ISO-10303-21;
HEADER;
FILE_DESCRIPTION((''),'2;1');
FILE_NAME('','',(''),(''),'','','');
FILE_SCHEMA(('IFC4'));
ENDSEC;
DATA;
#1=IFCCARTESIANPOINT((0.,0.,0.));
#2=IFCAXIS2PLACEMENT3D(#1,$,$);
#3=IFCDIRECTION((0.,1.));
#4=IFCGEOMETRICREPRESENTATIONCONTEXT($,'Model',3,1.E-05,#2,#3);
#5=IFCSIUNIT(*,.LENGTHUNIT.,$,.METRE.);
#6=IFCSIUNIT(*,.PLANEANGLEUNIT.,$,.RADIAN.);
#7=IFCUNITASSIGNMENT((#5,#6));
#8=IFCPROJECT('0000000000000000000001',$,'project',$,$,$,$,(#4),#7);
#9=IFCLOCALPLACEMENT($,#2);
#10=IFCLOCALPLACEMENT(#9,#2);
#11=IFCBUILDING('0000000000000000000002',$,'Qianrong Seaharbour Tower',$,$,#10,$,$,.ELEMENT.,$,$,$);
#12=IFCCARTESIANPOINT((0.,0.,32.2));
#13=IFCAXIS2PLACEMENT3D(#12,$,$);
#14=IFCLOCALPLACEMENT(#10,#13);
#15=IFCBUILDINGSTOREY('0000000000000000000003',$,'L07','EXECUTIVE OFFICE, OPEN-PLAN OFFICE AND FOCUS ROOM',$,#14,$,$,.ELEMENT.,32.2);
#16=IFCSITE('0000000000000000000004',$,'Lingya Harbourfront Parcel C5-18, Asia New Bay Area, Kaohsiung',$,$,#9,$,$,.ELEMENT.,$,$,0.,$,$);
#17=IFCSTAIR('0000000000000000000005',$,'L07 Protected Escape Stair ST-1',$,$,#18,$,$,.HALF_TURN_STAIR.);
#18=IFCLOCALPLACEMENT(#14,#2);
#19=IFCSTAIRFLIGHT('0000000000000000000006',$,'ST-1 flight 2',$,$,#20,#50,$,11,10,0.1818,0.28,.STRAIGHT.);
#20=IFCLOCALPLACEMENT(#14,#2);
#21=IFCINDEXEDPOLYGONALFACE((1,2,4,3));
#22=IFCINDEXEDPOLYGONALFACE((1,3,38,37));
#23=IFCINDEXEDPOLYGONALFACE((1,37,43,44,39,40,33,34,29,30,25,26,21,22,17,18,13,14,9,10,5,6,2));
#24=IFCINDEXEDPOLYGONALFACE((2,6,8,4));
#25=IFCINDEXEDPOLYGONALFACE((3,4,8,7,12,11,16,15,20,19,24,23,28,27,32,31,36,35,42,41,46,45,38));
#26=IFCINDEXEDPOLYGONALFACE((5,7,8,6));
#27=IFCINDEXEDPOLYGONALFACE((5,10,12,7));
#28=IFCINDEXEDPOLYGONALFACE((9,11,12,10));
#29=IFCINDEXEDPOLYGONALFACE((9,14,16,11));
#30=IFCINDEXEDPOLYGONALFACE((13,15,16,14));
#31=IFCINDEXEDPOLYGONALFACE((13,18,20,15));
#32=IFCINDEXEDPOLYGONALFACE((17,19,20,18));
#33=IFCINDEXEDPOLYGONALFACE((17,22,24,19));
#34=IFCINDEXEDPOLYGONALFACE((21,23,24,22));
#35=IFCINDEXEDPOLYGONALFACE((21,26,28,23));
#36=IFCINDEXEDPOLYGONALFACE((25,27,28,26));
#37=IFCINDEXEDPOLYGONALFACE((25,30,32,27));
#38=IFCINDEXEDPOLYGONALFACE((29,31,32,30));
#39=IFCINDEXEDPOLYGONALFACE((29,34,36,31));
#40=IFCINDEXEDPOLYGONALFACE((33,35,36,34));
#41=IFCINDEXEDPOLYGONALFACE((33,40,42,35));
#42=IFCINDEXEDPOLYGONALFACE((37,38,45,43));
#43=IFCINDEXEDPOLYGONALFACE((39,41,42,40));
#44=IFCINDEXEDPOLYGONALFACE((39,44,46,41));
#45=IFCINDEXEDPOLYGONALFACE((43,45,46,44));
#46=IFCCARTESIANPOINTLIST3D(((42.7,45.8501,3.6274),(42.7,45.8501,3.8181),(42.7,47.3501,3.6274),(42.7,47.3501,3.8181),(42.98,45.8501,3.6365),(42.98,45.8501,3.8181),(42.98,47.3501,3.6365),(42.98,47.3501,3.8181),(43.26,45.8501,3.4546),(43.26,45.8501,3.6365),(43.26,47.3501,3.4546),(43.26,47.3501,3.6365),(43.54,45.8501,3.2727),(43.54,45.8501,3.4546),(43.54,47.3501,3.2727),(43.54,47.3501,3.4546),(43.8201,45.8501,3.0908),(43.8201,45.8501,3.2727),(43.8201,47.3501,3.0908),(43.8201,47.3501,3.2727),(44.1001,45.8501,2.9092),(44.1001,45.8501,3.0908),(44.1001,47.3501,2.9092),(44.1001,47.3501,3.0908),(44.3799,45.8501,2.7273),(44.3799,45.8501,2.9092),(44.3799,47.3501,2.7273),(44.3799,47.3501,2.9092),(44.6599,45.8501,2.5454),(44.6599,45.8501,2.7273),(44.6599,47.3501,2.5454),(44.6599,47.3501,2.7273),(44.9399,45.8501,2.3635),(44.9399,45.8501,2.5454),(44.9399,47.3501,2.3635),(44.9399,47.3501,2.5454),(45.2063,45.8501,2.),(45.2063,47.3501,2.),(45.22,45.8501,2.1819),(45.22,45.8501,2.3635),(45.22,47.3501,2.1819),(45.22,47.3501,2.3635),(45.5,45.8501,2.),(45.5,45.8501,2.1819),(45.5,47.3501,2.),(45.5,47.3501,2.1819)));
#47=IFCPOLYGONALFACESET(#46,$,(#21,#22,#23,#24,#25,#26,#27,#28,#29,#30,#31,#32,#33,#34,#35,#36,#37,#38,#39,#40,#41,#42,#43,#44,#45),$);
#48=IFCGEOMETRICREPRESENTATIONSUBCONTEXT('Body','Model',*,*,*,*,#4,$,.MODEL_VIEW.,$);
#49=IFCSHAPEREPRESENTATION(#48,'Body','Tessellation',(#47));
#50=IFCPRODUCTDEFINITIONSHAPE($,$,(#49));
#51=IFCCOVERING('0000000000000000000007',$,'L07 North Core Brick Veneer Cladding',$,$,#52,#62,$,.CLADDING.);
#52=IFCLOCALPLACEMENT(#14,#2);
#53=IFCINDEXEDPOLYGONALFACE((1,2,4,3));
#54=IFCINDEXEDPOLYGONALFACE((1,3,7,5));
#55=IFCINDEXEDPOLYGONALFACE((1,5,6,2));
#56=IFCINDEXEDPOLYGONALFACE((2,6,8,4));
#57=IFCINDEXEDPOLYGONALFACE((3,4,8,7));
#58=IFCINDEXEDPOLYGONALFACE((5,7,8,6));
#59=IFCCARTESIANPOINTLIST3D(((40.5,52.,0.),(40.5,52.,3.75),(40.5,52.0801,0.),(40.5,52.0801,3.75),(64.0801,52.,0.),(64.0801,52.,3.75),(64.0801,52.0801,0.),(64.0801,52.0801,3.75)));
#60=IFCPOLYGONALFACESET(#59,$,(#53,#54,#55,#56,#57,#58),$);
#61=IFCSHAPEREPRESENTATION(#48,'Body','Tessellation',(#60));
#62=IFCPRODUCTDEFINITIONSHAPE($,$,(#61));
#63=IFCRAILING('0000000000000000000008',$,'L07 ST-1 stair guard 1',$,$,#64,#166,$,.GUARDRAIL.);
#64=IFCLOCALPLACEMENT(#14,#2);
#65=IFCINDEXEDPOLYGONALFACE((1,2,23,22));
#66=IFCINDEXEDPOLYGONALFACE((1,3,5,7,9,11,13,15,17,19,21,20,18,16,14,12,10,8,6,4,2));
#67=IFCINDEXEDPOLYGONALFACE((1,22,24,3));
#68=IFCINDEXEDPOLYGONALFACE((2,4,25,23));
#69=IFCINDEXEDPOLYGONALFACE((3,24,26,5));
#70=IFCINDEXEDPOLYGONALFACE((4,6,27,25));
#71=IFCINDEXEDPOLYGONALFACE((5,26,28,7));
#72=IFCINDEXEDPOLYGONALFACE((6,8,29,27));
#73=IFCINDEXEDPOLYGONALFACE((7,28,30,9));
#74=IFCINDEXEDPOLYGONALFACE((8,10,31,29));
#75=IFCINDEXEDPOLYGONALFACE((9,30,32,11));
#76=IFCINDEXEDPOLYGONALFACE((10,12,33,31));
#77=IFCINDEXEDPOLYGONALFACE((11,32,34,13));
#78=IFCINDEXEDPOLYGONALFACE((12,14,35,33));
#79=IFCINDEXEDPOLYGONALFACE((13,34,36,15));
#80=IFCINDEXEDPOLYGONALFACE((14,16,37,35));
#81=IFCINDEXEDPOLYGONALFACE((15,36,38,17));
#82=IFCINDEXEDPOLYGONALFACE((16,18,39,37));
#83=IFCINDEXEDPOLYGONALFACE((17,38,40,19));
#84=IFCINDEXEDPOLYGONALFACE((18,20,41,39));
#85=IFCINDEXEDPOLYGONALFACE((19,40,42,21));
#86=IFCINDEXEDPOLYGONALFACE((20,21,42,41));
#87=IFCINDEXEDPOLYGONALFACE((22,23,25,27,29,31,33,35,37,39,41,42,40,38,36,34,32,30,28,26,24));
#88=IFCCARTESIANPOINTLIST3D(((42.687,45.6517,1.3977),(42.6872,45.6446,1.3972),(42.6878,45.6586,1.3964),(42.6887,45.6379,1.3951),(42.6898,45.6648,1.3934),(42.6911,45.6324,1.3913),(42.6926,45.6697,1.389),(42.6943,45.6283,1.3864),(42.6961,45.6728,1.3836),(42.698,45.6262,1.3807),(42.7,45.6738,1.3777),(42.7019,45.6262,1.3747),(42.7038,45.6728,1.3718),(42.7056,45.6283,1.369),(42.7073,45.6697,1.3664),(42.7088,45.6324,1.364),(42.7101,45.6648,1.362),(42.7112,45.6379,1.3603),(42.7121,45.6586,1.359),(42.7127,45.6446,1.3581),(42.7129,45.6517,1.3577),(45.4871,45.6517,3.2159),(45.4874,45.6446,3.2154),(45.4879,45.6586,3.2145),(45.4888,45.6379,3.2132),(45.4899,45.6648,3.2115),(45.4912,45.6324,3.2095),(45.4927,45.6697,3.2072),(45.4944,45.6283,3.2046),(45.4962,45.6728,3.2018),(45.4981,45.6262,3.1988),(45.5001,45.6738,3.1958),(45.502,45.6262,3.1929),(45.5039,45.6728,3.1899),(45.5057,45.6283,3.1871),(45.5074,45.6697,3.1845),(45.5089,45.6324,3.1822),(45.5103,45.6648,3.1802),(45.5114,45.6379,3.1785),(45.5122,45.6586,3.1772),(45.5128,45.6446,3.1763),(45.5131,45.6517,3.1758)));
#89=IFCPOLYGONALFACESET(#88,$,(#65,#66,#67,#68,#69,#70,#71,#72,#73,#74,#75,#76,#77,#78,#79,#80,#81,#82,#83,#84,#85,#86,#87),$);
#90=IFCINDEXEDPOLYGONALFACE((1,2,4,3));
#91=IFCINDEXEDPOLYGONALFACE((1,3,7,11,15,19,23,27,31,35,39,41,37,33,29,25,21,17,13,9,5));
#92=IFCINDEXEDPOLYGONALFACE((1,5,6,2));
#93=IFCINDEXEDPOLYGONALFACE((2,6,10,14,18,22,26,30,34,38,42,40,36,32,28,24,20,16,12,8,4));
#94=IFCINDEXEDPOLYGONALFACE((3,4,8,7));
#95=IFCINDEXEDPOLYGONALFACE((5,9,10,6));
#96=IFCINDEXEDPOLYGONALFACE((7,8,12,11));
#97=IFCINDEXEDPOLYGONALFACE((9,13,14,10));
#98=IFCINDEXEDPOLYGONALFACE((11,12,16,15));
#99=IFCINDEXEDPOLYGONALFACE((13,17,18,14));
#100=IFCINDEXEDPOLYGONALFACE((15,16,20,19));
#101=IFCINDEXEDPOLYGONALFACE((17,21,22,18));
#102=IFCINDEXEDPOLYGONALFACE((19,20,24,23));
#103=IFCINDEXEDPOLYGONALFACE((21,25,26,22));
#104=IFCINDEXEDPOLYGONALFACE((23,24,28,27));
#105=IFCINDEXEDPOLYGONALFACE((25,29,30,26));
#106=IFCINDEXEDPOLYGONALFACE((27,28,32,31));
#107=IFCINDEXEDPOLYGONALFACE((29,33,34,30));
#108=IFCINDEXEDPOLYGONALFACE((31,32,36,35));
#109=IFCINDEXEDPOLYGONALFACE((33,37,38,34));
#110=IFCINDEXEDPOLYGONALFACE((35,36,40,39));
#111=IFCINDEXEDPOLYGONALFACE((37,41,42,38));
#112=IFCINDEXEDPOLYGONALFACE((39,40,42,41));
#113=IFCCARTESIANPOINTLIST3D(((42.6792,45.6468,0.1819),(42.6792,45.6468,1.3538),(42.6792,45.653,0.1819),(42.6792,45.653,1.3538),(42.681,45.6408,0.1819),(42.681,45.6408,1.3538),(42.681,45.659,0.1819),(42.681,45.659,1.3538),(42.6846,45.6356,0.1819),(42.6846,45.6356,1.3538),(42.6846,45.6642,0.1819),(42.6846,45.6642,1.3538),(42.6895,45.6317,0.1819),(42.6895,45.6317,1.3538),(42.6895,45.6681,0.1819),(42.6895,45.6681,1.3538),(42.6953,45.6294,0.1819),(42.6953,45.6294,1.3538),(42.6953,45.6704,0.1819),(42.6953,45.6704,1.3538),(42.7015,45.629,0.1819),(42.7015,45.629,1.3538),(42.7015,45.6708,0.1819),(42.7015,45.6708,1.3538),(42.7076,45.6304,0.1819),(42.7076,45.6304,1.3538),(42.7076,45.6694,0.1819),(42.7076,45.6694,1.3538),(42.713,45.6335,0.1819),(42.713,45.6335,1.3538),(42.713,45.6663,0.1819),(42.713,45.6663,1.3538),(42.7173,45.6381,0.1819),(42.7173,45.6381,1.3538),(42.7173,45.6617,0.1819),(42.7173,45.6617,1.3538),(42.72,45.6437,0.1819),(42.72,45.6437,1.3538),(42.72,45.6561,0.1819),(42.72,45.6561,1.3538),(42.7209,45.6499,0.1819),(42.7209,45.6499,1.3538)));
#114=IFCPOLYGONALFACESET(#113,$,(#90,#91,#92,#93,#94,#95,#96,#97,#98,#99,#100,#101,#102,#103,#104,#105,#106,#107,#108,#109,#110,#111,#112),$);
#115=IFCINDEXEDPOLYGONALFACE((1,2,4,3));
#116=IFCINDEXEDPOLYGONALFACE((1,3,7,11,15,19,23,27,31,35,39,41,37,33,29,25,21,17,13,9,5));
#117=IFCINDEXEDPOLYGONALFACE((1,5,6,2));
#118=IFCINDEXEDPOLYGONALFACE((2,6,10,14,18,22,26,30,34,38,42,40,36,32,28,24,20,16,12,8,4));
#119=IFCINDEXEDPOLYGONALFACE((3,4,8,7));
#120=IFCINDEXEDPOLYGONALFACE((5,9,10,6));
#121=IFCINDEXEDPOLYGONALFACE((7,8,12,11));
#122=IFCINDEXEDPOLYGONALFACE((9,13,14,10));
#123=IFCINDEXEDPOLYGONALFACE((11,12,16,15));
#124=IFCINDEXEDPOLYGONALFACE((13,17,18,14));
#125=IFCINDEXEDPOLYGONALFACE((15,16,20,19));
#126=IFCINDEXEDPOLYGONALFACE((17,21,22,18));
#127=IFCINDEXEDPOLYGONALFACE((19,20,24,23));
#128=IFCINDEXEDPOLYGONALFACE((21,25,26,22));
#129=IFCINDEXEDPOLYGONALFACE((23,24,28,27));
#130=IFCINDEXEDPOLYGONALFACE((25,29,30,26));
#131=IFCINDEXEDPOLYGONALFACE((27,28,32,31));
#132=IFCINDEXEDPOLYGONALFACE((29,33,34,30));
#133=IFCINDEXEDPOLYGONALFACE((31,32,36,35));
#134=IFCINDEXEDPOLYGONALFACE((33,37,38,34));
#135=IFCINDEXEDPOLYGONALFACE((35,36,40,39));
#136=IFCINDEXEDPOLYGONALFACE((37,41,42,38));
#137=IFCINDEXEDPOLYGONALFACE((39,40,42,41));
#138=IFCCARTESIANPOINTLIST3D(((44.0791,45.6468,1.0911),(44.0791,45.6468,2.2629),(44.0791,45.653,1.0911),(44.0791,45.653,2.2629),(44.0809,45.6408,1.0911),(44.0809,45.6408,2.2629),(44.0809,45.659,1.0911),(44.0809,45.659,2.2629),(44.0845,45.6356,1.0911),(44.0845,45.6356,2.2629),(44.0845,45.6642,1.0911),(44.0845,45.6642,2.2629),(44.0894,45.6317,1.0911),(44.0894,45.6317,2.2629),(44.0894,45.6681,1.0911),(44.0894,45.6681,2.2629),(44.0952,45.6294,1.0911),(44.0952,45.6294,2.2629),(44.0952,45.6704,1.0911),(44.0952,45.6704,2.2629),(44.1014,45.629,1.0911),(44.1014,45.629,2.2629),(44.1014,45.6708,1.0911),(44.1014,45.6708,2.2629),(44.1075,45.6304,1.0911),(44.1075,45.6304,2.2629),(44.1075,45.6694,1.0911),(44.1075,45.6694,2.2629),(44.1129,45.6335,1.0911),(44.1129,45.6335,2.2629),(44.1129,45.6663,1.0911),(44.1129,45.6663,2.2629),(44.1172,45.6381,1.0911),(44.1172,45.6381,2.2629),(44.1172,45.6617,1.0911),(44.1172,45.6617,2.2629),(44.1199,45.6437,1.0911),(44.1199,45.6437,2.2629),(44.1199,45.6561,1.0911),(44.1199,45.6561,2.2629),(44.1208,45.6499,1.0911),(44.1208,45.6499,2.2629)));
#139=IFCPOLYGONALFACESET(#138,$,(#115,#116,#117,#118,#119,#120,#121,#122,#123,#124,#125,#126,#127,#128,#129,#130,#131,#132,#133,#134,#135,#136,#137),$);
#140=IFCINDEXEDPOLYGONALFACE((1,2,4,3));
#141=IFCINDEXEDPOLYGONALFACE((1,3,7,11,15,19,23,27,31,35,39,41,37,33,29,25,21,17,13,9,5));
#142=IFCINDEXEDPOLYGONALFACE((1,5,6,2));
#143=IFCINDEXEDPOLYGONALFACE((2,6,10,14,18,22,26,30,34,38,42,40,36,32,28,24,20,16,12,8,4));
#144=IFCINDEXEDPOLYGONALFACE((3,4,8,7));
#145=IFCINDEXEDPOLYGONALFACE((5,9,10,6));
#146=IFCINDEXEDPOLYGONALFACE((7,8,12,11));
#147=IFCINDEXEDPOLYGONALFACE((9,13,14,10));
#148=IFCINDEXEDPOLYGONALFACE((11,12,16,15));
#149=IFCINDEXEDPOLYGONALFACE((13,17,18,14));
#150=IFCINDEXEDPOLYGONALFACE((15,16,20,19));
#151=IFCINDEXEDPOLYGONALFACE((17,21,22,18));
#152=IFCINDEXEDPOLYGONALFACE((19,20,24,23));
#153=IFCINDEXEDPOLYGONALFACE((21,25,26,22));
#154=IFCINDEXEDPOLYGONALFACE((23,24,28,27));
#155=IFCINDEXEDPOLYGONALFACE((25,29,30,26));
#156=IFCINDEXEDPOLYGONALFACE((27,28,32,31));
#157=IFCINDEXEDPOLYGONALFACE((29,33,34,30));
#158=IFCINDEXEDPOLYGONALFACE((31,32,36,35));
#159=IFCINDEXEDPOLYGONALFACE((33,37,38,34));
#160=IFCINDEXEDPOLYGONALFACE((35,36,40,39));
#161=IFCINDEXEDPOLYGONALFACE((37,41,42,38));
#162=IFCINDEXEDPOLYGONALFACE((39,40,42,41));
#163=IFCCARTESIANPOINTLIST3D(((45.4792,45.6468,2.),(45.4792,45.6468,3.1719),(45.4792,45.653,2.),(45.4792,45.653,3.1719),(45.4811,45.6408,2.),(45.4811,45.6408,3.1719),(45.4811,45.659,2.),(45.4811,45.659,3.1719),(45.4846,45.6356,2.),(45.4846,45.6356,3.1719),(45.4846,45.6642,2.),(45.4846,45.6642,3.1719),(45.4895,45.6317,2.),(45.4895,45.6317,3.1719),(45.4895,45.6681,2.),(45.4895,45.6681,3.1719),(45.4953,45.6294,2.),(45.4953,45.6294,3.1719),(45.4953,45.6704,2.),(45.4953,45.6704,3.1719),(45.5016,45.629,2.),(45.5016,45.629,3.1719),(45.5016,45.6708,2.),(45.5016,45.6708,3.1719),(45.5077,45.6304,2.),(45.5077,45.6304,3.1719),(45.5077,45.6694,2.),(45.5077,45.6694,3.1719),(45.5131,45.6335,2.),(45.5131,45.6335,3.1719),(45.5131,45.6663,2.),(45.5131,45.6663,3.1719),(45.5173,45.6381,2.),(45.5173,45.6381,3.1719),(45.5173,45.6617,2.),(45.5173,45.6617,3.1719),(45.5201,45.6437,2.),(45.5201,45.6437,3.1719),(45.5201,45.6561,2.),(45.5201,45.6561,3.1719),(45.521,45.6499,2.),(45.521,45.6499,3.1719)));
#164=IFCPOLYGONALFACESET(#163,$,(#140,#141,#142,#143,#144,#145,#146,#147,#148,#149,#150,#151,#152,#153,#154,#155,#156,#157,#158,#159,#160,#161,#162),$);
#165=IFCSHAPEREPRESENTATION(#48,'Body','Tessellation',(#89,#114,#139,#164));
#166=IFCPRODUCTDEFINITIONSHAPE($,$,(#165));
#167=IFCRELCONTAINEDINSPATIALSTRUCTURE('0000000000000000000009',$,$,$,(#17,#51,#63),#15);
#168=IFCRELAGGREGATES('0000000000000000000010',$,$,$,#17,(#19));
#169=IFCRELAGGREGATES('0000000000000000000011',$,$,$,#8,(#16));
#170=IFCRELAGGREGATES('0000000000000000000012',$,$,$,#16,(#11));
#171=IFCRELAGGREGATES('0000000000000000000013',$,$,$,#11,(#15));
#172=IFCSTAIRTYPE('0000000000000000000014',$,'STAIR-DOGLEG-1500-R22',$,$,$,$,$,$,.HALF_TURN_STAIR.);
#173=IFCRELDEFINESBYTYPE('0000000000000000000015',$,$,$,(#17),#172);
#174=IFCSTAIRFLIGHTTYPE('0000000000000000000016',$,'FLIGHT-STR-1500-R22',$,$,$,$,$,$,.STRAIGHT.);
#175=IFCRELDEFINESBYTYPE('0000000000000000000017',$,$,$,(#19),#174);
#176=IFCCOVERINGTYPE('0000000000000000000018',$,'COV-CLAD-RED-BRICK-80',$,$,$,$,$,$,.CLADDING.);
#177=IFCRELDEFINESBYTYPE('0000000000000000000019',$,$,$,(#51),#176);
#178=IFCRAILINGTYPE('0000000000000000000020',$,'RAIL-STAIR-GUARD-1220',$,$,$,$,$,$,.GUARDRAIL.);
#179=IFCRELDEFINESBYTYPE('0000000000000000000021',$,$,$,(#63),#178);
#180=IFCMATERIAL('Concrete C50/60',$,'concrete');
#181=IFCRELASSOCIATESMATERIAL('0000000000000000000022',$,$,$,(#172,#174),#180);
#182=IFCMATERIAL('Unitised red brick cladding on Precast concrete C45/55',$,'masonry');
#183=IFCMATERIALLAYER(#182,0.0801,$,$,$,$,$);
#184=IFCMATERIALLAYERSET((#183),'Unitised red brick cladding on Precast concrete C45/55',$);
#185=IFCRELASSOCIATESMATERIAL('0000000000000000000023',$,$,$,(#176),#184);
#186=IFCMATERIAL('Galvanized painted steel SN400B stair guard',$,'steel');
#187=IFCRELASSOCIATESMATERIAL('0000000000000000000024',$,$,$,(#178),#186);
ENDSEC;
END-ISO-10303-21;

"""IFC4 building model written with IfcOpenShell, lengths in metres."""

from ifc_helpers import new_model, si_unit, direction, frame, origin, origin_2d, place, context, subcontext, project, spatial, polyline, rectangle, circle, outline, extrude, material, layer, layer_set, type_object, element, aggregate, save


model = new_model("IFC4")

# Units and contexts
model_context = context("Model", 3, precision=1e-05, world=origin(), true_north=direction((0.0, 1.0)))
body_context = subcontext(model_context, "Body", "Model", "MODEL_VIEW")
ifc_project = project(units=[si_unit("LENGTHUNIT", "METRE"), si_unit("PLANEANGLEUNIT", "RADIAN")], contexts=[model_context])

# Site, building, storey
site_placement = place(None, origin())
site = spatial("IfcSite", under=ifc_project, at=site_placement, Name="Lingya Harbourfront Parcel C5-18, Asia New Bay Area, Kaohsiung", CompositionType="ELEMENT", RefElevation=0.0)
building_placement = place(site_placement, origin())
building = spatial("IfcBuilding", under=site, at=building_placement, Name="Qianrong Seaharbour Tower", CompositionType="ELEMENT")
storey_placement = place(building_placement, frame((0.0, 0.0, 32.2)))
storey = spatial("IfcBuildingStorey", under=building, at=storey_placement, Name="L07", Description="EXECUTIVE OFFICE, OPEN-PLAN OFFICE AND FOCUS ROOM", CompositionType="ELEMENT", Elevation=32.2)

# Shared definitions
ifc_material_1 = material(Name="Concrete C50/60", Category="concrete")

# Stair, stair flight
stair_type = type_object("IfcStairType", Name="STAIR-DOGLEG-1500-R22", PredefinedType="HALF_TURN_STAIR", material=ifc_material_1)
stair_placement = place(storey_placement, origin())
stair = element("IfcStair", 1, at=stair_placement, inside=storey, type_object=stair_type, Name="L07 Protected Escape Stair ST-1", PredefinedType="HALF_TURN_STAIR")
stair_flight_type = type_object("IfcStairFlightType", Name="FLIGHT-STR-1500-R22", PredefinedType="STRAIGHT", material=ifc_material_1)
stair_flight_1_placement = place(storey_placement, frame((45.5, 46.6001, 2.0), z_axis=(0.0, 0.0, 1.0), x_axis=(-1.0, 0.0, 0.0)))
stair_flight_1 = element("IfcStairFlight", 2, at=stair_flight_1_placement, type_object=stair_flight_type, Name="ST-1 flight 2", NumberOfRisers=11, NumberOfTreads=10, PredefinedType="STRAIGHT", RiserHeight=0.1818, TreadLength=0.28, context=body_context, shape_type="SweptSolid", body=[
    extrude(outline(polyline([(0.0, 0.0), (0.0, 0.1819), (0.28, 0.1819), (0.28, 0.3635), (0.5601, 0.3635), (0.5601, 0.5454), (0.8401, 0.5454), (0.8401, 0.7273), (1.1201, 0.7273), (1.1201, 0.9092), (1.3999, 0.9092), (1.3999, 1.0908), (1.6799, 1.0908), (1.6799, 1.2727), (1.96, 1.2727), (1.96, 1.4546), (2.24, 1.4546), (2.24, 1.6365), (2.52, 1.6365), (2.52, 1.8181), (2.8, 1.8181), (2.8, 2.0), (2.8, 1.6274), (0.2937, 0.0), (0.0, 0.0)])), frame((0.0, 0.75, 0.0), z_axis=(0.0, -1.0, 0.0), x_axis=(1.0, 0.0, 0.0)), (0.0, 0.0, 1.0), 1.5),
])
aggregate(stair, [stair_flight_1])

# Covering
ifc_material_2 = material(Name="Unitised red brick cladding on Precast concrete C45/55", Category="masonry")
ifc_layer_1 = layer(ifc_material_2, 0.0801)
ifc_layer_set_1 = layer_set([ifc_layer_1], Name="Unitised red brick cladding on Precast concrete C45/55")
covering_type = type_object("IfcCoveringType", Name="COV-CLAD-RED-BRICK-80", PredefinedType="CLADDING", material=ifc_layer_set_1)
covering_placement = place(storey_placement, frame((52.29, 52.04, 0.0), z_axis=(0.0, 0.0, 1.0), x_axis=(1.0, 0.0, 0.0)))
element("IfcCovering", 3, at=covering_placement, inside=storey, type_object=covering_type, Name="L07 North Core Brick Veneer Cladding", PredefinedType="CLADDING", context=body_context, shape_type="SweptSolid", body=[
    extrude(rectangle(XDim=23.5801, YDim=0.0801, at=origin_2d()), origin(), (0.0, 0.0, 1.0), 3.75),
])

# Railing
ifc_material_3 = material(Name="Galvanized painted steel SN400B stair guard", Category="steel")
railing_type_1 = type_object("IfcRailingType", Name="RAIL-STAIR-GUARD-1220", PredefinedType="GUARDRAIL", material=ifc_material_3)
railing_1_placement = place(storey_placement, frame((42.7, 45.6499, 0.1819)))
element("IfcRailing", 4, at=railing_1_placement, inside=storey, type_object=railing_type_1, Name="L07 ST-1 stair guard 1", PredefinedType="GUARDRAIL", context=body_context, shape_type="SweptSolid", body=[
    extrude(circle(Radius=0.0239, at=origin_2d()), frame((0.0, 0.0, 1.1958), z_axis=(0.838706, 0.0, 0.544585), x_axis=(0.0, 1.0, 0.0)), (0.0, 0.0, 1.0), 3.3386),
    extrude(circle(Radius=0.021, at=origin_2d()), origin(), (0.0, 0.0, 1.0), 1.1719),
    extrude(circle(Radius=0.021, at=origin_2d()), frame((1.3999, 0.0, 0.9092)), (0.0, 0.0, 1.0), 1.1719),
    extrude(circle(Radius=0.021, at=origin_2d()), frame((2.8, 0.0, 1.8181)), (0.0, 0.0, 1.0), 1.1719),
])

save(model, "model.ifc")
